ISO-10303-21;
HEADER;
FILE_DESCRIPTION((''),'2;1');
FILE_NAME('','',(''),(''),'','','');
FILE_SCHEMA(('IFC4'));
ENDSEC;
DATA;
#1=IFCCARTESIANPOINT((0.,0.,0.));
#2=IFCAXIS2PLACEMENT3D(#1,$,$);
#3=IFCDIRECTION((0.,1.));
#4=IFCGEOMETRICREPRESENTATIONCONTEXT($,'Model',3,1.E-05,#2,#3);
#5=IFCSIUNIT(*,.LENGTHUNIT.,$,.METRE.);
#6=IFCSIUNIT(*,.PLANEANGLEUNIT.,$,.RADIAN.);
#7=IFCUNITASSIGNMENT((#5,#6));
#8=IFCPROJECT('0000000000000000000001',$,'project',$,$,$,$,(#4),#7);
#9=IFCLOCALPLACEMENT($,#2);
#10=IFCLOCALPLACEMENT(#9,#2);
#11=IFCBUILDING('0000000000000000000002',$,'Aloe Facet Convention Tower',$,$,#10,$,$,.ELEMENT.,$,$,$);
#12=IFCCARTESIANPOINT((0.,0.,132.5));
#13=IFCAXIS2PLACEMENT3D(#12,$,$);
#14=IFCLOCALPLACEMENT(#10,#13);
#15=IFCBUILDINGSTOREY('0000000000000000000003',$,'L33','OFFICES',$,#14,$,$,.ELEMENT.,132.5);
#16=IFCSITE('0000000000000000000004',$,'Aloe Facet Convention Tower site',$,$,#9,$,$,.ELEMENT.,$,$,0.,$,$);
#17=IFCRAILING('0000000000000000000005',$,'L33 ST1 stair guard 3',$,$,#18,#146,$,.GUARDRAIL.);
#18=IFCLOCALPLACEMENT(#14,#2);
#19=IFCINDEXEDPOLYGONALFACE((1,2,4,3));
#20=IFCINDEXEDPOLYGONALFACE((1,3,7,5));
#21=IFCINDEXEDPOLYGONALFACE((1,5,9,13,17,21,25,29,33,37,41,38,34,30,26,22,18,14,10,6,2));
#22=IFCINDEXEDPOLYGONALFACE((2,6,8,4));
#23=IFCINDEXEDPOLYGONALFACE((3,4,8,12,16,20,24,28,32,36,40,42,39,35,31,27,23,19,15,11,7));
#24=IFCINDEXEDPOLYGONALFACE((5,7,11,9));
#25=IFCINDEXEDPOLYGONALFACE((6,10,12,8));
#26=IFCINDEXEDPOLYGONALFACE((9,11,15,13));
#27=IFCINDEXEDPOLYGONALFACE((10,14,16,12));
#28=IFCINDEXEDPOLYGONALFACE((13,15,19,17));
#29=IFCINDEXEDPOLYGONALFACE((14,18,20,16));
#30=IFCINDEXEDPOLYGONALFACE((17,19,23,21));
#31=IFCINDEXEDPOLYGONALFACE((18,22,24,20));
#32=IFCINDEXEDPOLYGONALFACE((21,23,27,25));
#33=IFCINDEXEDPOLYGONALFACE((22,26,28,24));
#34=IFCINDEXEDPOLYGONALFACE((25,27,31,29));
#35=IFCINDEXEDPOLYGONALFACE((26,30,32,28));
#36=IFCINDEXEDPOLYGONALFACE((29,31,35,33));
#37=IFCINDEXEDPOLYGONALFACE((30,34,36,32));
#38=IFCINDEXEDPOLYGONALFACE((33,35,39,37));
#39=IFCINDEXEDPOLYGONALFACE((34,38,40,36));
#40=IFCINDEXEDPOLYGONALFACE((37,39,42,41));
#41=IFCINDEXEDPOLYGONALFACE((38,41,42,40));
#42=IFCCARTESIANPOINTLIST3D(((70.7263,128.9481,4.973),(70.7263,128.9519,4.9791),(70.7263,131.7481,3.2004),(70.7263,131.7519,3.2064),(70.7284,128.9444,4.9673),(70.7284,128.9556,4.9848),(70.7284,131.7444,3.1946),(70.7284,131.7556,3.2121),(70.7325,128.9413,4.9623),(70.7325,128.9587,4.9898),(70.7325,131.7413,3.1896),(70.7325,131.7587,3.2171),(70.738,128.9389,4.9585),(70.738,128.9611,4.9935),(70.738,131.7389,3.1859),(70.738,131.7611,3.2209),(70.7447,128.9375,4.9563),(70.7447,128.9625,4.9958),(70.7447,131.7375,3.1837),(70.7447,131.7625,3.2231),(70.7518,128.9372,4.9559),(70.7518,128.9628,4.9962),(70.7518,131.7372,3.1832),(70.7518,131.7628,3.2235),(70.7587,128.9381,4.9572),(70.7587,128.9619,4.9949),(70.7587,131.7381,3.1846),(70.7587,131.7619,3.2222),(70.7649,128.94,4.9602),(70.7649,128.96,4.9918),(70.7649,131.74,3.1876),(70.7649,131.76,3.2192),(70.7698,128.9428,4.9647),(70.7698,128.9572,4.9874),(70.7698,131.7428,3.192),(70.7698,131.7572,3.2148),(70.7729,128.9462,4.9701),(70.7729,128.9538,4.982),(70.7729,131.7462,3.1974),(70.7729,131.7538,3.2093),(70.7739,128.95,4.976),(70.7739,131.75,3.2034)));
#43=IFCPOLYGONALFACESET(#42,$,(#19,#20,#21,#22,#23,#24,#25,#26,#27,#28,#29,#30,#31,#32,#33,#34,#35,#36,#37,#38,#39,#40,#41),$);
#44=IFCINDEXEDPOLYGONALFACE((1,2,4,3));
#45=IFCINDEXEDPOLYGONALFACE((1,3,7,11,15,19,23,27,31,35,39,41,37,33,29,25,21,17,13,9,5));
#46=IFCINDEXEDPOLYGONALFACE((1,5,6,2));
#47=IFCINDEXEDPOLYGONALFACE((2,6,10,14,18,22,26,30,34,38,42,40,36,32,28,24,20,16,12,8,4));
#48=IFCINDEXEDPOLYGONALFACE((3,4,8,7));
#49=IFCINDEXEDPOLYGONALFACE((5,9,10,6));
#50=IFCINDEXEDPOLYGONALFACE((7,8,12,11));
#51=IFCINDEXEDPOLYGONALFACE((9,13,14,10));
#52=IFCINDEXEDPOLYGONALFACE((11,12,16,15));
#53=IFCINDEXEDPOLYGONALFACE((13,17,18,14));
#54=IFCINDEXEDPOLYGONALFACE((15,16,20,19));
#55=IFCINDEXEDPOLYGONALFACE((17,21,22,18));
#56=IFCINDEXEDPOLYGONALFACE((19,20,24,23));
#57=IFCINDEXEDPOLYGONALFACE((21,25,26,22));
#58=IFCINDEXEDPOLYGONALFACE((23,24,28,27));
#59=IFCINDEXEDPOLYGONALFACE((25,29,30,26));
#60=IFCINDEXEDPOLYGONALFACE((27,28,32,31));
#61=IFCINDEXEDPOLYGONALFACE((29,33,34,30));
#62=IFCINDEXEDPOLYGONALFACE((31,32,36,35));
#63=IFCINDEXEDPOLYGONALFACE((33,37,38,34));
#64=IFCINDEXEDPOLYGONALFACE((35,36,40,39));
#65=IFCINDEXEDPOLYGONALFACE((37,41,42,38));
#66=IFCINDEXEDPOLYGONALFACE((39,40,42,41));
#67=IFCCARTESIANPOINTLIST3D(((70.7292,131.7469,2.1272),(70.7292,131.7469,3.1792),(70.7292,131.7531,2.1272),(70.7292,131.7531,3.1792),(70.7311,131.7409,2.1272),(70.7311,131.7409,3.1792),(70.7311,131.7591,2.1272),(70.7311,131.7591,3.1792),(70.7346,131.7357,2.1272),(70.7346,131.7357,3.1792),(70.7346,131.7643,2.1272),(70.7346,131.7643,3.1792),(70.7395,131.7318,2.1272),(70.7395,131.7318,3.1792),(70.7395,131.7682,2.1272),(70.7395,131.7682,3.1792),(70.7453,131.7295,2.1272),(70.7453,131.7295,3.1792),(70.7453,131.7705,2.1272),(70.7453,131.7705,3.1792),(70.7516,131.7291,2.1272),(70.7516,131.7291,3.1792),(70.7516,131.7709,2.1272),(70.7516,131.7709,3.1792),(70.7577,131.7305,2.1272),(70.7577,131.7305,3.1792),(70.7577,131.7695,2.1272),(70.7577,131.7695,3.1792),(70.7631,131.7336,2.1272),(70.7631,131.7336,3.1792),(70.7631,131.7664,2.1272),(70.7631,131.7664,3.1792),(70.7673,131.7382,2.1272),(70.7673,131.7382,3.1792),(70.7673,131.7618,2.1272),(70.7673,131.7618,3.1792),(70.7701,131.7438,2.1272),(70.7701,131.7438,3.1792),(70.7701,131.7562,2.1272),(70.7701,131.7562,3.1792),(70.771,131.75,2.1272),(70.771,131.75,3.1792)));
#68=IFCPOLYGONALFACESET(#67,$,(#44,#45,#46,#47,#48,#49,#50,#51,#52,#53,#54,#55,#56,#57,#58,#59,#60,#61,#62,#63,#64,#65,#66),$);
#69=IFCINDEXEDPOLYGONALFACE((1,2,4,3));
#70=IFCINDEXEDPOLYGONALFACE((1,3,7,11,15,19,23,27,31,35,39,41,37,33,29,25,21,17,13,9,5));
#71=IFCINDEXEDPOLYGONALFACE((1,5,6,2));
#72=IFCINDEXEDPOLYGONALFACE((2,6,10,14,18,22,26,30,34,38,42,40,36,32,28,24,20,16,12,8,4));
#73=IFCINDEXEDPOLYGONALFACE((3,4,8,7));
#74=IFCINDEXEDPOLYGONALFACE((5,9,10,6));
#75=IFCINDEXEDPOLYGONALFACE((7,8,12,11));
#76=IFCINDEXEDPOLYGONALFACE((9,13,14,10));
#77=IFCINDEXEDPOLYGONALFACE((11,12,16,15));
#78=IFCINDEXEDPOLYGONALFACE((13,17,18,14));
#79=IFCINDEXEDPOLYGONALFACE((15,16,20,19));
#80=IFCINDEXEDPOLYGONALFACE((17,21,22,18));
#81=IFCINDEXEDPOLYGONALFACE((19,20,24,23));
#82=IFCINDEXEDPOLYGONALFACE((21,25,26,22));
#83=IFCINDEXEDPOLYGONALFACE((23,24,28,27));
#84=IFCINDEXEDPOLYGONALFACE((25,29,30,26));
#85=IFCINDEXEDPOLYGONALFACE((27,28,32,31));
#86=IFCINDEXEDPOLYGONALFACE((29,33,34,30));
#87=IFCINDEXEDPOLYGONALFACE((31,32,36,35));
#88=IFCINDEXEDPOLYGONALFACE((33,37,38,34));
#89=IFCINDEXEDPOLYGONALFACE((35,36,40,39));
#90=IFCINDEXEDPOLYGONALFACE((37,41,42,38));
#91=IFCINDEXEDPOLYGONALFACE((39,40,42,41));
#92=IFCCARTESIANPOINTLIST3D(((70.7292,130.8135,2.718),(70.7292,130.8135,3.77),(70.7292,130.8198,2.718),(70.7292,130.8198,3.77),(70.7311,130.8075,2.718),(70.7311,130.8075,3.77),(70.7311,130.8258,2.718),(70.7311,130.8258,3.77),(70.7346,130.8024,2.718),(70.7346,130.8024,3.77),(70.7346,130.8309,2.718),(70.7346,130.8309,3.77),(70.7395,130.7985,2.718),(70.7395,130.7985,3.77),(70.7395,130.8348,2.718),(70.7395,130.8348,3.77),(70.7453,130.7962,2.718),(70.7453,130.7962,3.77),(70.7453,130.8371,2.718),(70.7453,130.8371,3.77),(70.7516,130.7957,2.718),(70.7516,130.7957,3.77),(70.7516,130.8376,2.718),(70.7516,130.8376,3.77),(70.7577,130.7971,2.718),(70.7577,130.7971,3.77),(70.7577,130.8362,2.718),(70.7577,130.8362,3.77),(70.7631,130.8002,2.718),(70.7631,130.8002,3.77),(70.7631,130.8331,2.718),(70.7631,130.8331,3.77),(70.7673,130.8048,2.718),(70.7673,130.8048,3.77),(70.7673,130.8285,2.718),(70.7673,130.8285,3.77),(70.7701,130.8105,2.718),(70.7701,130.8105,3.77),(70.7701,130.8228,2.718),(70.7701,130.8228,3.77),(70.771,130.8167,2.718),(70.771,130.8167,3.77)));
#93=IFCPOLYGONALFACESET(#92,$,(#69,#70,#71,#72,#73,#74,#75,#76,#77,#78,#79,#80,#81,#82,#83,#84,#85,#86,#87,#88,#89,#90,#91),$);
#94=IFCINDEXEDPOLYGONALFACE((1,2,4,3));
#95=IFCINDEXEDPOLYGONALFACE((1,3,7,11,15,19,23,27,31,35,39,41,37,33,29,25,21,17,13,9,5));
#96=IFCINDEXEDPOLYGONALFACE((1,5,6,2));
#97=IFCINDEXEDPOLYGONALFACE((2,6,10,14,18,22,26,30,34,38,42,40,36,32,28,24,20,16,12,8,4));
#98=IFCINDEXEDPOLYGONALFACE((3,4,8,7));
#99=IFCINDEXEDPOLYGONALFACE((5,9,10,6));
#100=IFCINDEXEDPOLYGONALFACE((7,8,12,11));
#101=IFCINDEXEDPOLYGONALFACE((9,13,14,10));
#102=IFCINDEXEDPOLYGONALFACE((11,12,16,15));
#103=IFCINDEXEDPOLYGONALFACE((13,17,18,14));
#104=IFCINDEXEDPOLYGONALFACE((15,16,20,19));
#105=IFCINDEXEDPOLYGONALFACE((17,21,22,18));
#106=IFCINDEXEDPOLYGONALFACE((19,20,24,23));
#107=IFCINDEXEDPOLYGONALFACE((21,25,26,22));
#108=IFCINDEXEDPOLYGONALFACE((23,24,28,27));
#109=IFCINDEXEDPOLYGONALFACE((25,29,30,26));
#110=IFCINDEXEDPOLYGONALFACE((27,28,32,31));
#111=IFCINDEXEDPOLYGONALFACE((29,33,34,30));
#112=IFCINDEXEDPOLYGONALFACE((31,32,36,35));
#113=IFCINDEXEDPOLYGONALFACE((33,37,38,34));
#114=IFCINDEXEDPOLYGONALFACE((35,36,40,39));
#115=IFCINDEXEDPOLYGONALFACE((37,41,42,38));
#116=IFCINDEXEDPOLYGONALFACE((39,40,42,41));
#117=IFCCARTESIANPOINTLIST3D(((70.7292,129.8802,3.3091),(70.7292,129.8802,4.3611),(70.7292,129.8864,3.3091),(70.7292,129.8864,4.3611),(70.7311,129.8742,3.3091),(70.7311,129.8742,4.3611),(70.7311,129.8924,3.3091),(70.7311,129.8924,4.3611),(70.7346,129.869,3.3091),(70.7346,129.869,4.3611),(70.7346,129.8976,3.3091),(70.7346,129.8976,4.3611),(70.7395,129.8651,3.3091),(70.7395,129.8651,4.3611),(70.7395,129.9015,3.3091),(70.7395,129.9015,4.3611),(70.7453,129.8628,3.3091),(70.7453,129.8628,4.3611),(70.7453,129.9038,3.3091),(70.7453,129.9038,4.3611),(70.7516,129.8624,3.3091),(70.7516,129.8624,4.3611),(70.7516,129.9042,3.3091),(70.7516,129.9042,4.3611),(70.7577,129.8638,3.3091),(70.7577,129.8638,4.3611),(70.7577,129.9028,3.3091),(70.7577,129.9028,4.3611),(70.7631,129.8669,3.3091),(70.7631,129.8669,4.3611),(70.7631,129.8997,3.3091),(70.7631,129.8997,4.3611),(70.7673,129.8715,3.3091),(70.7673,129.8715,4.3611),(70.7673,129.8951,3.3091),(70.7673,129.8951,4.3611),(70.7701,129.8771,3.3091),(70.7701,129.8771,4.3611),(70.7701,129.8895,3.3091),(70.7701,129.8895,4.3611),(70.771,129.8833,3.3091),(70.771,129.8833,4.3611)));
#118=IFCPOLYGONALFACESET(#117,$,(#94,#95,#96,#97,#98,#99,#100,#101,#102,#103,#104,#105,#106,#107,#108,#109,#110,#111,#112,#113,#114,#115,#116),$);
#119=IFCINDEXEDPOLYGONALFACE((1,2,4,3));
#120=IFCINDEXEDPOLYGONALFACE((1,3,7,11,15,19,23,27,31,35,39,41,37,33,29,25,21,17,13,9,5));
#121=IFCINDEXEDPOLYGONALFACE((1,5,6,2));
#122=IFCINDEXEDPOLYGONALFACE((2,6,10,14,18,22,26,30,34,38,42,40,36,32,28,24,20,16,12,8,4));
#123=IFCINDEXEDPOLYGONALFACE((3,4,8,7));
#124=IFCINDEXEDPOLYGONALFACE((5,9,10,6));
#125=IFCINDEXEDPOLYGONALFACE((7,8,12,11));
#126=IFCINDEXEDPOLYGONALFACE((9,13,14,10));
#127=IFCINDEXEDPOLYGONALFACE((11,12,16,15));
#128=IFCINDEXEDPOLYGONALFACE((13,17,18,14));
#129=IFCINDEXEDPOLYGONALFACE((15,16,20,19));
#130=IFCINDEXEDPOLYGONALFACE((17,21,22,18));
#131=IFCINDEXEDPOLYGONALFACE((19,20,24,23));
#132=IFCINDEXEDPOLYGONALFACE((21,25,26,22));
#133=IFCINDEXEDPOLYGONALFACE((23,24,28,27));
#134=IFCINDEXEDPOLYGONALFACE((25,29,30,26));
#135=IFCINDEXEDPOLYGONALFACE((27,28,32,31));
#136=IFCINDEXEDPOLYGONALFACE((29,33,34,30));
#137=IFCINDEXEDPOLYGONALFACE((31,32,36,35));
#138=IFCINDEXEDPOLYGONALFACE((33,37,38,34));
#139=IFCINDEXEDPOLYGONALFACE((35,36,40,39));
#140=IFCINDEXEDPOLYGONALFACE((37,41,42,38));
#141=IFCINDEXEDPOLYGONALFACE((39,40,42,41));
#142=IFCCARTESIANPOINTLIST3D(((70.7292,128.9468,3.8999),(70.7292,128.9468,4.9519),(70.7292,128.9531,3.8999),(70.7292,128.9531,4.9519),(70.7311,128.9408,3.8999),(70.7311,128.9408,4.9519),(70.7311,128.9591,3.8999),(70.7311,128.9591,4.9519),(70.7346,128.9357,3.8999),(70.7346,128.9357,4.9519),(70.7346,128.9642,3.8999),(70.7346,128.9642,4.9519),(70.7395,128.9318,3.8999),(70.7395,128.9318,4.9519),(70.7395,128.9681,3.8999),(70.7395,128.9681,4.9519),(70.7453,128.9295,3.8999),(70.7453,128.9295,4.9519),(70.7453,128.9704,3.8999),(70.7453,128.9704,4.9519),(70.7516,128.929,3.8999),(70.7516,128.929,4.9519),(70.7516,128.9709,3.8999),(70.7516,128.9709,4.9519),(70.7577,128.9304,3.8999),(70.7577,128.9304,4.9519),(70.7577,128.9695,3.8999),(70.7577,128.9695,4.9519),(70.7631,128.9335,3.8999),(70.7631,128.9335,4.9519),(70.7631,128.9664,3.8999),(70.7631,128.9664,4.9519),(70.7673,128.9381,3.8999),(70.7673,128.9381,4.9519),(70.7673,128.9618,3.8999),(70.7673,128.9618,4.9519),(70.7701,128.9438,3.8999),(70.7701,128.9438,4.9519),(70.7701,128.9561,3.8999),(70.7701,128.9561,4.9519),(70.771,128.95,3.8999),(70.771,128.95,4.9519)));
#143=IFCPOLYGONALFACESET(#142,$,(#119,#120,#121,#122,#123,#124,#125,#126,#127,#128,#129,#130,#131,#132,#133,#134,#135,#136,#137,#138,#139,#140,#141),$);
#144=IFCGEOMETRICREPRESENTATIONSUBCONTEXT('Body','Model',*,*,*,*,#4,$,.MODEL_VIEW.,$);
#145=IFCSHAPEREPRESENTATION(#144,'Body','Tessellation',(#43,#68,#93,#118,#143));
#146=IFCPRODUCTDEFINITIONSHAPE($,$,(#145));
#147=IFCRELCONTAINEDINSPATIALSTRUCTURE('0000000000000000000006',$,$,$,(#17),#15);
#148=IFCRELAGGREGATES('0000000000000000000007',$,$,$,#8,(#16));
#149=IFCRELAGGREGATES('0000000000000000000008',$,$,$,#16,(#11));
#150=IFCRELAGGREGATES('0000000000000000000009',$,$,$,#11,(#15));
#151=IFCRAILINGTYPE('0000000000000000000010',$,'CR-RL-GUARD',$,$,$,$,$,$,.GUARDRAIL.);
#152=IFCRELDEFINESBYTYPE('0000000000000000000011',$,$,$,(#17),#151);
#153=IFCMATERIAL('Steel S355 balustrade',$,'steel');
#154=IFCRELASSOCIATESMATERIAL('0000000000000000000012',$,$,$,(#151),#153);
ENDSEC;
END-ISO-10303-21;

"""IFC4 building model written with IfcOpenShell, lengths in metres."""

from ifc_helpers import new_model, si_unit, direction, frame, origin, origin_2d, place, context, subcontext, project, spatial, circle, extrude, material, type_object, element, save


model = new_model("IFC4")

# Units and contexts
model_context = context("Model", 3, precision=1e-05, world=origin(), true_north=direction((0.0, 1.0)))
body_context = subcontext(model_context, "Body", "Model", "MODEL_VIEW")
ifc_project = project(units=[si_unit("LENGTHUNIT", "METRE"), si_unit("PLANEANGLEUNIT", "RADIAN")], contexts=[model_context])

# Site, building, storey
site_placement = place(None, origin())
site = spatial("IfcSite", under=ifc_project, at=site_placement, Name="Aloe Facet Convention Tower site", CompositionType="ELEMENT", RefElevation=0.0)
building_placement = place(site_placement, origin())
building = spatial("IfcBuilding", under=site, at=building_placement, Name="Aloe Facet Convention Tower", CompositionType="ELEMENT")
storey_placement = place(building_placement, frame((0.0, 0.0, 132.5)))
storey = spatial("IfcBuildingStorey", under=building, at=storey_placement, Name="L33", Description="OFFICES", CompositionType="ELEMENT", Elevation=132.5)

# Railing
ifc_material_1 = material(Name="Steel S355 balustrade", Category="steel")
railing_type_1 = type_object("IfcRailingType", Name="CR-RL-GUARD", PredefinedType="GUARDRAIL", material=ifc_material_1)
railing_1_placement = place(storey_placement, frame((70.75, 131.75, 2.1272)))
element("IfcRailing", 1, at=railing_1_placement, inside=storey, type_object=railing_type_1, Name="L33 ST1 stair guard 3", PredefinedType="GUARDRAIL", context=body_context, shape_type="SweptSolid", body=[
    extrude(circle(Radius=0.0239, at=origin_2d()), frame((0.0, 0.0, 1.0762), z_axis=(0.0, -0.844909, 0.53491), x_axis=(1.0, 0.0, 0.0)), (0.0, 0.0, 1.0), 3.314),
    extrude(circle(Radius=0.021, at=origin_2d()), origin(), (0.0, 0.0, 1.0), 1.052),
    extrude(circle(Radius=0.021, at=origin_2d()), frame((0.0, -0.9333, 0.5908)), (0.0, 0.0, 1.0), 1.052),
    extrude(circle(Radius=0.021, at=origin_2d()), frame((0.0, -1.8667, 1.1819)), (0.0, 0.0, 1.0), 1.052),
    extrude(circle(Radius=0.021, at=origin_2d()), frame((0.0, -2.8, 1.7727)), (0.0, 0.0, 1.0), 1.052),
])

save(model, "model.ifc")
